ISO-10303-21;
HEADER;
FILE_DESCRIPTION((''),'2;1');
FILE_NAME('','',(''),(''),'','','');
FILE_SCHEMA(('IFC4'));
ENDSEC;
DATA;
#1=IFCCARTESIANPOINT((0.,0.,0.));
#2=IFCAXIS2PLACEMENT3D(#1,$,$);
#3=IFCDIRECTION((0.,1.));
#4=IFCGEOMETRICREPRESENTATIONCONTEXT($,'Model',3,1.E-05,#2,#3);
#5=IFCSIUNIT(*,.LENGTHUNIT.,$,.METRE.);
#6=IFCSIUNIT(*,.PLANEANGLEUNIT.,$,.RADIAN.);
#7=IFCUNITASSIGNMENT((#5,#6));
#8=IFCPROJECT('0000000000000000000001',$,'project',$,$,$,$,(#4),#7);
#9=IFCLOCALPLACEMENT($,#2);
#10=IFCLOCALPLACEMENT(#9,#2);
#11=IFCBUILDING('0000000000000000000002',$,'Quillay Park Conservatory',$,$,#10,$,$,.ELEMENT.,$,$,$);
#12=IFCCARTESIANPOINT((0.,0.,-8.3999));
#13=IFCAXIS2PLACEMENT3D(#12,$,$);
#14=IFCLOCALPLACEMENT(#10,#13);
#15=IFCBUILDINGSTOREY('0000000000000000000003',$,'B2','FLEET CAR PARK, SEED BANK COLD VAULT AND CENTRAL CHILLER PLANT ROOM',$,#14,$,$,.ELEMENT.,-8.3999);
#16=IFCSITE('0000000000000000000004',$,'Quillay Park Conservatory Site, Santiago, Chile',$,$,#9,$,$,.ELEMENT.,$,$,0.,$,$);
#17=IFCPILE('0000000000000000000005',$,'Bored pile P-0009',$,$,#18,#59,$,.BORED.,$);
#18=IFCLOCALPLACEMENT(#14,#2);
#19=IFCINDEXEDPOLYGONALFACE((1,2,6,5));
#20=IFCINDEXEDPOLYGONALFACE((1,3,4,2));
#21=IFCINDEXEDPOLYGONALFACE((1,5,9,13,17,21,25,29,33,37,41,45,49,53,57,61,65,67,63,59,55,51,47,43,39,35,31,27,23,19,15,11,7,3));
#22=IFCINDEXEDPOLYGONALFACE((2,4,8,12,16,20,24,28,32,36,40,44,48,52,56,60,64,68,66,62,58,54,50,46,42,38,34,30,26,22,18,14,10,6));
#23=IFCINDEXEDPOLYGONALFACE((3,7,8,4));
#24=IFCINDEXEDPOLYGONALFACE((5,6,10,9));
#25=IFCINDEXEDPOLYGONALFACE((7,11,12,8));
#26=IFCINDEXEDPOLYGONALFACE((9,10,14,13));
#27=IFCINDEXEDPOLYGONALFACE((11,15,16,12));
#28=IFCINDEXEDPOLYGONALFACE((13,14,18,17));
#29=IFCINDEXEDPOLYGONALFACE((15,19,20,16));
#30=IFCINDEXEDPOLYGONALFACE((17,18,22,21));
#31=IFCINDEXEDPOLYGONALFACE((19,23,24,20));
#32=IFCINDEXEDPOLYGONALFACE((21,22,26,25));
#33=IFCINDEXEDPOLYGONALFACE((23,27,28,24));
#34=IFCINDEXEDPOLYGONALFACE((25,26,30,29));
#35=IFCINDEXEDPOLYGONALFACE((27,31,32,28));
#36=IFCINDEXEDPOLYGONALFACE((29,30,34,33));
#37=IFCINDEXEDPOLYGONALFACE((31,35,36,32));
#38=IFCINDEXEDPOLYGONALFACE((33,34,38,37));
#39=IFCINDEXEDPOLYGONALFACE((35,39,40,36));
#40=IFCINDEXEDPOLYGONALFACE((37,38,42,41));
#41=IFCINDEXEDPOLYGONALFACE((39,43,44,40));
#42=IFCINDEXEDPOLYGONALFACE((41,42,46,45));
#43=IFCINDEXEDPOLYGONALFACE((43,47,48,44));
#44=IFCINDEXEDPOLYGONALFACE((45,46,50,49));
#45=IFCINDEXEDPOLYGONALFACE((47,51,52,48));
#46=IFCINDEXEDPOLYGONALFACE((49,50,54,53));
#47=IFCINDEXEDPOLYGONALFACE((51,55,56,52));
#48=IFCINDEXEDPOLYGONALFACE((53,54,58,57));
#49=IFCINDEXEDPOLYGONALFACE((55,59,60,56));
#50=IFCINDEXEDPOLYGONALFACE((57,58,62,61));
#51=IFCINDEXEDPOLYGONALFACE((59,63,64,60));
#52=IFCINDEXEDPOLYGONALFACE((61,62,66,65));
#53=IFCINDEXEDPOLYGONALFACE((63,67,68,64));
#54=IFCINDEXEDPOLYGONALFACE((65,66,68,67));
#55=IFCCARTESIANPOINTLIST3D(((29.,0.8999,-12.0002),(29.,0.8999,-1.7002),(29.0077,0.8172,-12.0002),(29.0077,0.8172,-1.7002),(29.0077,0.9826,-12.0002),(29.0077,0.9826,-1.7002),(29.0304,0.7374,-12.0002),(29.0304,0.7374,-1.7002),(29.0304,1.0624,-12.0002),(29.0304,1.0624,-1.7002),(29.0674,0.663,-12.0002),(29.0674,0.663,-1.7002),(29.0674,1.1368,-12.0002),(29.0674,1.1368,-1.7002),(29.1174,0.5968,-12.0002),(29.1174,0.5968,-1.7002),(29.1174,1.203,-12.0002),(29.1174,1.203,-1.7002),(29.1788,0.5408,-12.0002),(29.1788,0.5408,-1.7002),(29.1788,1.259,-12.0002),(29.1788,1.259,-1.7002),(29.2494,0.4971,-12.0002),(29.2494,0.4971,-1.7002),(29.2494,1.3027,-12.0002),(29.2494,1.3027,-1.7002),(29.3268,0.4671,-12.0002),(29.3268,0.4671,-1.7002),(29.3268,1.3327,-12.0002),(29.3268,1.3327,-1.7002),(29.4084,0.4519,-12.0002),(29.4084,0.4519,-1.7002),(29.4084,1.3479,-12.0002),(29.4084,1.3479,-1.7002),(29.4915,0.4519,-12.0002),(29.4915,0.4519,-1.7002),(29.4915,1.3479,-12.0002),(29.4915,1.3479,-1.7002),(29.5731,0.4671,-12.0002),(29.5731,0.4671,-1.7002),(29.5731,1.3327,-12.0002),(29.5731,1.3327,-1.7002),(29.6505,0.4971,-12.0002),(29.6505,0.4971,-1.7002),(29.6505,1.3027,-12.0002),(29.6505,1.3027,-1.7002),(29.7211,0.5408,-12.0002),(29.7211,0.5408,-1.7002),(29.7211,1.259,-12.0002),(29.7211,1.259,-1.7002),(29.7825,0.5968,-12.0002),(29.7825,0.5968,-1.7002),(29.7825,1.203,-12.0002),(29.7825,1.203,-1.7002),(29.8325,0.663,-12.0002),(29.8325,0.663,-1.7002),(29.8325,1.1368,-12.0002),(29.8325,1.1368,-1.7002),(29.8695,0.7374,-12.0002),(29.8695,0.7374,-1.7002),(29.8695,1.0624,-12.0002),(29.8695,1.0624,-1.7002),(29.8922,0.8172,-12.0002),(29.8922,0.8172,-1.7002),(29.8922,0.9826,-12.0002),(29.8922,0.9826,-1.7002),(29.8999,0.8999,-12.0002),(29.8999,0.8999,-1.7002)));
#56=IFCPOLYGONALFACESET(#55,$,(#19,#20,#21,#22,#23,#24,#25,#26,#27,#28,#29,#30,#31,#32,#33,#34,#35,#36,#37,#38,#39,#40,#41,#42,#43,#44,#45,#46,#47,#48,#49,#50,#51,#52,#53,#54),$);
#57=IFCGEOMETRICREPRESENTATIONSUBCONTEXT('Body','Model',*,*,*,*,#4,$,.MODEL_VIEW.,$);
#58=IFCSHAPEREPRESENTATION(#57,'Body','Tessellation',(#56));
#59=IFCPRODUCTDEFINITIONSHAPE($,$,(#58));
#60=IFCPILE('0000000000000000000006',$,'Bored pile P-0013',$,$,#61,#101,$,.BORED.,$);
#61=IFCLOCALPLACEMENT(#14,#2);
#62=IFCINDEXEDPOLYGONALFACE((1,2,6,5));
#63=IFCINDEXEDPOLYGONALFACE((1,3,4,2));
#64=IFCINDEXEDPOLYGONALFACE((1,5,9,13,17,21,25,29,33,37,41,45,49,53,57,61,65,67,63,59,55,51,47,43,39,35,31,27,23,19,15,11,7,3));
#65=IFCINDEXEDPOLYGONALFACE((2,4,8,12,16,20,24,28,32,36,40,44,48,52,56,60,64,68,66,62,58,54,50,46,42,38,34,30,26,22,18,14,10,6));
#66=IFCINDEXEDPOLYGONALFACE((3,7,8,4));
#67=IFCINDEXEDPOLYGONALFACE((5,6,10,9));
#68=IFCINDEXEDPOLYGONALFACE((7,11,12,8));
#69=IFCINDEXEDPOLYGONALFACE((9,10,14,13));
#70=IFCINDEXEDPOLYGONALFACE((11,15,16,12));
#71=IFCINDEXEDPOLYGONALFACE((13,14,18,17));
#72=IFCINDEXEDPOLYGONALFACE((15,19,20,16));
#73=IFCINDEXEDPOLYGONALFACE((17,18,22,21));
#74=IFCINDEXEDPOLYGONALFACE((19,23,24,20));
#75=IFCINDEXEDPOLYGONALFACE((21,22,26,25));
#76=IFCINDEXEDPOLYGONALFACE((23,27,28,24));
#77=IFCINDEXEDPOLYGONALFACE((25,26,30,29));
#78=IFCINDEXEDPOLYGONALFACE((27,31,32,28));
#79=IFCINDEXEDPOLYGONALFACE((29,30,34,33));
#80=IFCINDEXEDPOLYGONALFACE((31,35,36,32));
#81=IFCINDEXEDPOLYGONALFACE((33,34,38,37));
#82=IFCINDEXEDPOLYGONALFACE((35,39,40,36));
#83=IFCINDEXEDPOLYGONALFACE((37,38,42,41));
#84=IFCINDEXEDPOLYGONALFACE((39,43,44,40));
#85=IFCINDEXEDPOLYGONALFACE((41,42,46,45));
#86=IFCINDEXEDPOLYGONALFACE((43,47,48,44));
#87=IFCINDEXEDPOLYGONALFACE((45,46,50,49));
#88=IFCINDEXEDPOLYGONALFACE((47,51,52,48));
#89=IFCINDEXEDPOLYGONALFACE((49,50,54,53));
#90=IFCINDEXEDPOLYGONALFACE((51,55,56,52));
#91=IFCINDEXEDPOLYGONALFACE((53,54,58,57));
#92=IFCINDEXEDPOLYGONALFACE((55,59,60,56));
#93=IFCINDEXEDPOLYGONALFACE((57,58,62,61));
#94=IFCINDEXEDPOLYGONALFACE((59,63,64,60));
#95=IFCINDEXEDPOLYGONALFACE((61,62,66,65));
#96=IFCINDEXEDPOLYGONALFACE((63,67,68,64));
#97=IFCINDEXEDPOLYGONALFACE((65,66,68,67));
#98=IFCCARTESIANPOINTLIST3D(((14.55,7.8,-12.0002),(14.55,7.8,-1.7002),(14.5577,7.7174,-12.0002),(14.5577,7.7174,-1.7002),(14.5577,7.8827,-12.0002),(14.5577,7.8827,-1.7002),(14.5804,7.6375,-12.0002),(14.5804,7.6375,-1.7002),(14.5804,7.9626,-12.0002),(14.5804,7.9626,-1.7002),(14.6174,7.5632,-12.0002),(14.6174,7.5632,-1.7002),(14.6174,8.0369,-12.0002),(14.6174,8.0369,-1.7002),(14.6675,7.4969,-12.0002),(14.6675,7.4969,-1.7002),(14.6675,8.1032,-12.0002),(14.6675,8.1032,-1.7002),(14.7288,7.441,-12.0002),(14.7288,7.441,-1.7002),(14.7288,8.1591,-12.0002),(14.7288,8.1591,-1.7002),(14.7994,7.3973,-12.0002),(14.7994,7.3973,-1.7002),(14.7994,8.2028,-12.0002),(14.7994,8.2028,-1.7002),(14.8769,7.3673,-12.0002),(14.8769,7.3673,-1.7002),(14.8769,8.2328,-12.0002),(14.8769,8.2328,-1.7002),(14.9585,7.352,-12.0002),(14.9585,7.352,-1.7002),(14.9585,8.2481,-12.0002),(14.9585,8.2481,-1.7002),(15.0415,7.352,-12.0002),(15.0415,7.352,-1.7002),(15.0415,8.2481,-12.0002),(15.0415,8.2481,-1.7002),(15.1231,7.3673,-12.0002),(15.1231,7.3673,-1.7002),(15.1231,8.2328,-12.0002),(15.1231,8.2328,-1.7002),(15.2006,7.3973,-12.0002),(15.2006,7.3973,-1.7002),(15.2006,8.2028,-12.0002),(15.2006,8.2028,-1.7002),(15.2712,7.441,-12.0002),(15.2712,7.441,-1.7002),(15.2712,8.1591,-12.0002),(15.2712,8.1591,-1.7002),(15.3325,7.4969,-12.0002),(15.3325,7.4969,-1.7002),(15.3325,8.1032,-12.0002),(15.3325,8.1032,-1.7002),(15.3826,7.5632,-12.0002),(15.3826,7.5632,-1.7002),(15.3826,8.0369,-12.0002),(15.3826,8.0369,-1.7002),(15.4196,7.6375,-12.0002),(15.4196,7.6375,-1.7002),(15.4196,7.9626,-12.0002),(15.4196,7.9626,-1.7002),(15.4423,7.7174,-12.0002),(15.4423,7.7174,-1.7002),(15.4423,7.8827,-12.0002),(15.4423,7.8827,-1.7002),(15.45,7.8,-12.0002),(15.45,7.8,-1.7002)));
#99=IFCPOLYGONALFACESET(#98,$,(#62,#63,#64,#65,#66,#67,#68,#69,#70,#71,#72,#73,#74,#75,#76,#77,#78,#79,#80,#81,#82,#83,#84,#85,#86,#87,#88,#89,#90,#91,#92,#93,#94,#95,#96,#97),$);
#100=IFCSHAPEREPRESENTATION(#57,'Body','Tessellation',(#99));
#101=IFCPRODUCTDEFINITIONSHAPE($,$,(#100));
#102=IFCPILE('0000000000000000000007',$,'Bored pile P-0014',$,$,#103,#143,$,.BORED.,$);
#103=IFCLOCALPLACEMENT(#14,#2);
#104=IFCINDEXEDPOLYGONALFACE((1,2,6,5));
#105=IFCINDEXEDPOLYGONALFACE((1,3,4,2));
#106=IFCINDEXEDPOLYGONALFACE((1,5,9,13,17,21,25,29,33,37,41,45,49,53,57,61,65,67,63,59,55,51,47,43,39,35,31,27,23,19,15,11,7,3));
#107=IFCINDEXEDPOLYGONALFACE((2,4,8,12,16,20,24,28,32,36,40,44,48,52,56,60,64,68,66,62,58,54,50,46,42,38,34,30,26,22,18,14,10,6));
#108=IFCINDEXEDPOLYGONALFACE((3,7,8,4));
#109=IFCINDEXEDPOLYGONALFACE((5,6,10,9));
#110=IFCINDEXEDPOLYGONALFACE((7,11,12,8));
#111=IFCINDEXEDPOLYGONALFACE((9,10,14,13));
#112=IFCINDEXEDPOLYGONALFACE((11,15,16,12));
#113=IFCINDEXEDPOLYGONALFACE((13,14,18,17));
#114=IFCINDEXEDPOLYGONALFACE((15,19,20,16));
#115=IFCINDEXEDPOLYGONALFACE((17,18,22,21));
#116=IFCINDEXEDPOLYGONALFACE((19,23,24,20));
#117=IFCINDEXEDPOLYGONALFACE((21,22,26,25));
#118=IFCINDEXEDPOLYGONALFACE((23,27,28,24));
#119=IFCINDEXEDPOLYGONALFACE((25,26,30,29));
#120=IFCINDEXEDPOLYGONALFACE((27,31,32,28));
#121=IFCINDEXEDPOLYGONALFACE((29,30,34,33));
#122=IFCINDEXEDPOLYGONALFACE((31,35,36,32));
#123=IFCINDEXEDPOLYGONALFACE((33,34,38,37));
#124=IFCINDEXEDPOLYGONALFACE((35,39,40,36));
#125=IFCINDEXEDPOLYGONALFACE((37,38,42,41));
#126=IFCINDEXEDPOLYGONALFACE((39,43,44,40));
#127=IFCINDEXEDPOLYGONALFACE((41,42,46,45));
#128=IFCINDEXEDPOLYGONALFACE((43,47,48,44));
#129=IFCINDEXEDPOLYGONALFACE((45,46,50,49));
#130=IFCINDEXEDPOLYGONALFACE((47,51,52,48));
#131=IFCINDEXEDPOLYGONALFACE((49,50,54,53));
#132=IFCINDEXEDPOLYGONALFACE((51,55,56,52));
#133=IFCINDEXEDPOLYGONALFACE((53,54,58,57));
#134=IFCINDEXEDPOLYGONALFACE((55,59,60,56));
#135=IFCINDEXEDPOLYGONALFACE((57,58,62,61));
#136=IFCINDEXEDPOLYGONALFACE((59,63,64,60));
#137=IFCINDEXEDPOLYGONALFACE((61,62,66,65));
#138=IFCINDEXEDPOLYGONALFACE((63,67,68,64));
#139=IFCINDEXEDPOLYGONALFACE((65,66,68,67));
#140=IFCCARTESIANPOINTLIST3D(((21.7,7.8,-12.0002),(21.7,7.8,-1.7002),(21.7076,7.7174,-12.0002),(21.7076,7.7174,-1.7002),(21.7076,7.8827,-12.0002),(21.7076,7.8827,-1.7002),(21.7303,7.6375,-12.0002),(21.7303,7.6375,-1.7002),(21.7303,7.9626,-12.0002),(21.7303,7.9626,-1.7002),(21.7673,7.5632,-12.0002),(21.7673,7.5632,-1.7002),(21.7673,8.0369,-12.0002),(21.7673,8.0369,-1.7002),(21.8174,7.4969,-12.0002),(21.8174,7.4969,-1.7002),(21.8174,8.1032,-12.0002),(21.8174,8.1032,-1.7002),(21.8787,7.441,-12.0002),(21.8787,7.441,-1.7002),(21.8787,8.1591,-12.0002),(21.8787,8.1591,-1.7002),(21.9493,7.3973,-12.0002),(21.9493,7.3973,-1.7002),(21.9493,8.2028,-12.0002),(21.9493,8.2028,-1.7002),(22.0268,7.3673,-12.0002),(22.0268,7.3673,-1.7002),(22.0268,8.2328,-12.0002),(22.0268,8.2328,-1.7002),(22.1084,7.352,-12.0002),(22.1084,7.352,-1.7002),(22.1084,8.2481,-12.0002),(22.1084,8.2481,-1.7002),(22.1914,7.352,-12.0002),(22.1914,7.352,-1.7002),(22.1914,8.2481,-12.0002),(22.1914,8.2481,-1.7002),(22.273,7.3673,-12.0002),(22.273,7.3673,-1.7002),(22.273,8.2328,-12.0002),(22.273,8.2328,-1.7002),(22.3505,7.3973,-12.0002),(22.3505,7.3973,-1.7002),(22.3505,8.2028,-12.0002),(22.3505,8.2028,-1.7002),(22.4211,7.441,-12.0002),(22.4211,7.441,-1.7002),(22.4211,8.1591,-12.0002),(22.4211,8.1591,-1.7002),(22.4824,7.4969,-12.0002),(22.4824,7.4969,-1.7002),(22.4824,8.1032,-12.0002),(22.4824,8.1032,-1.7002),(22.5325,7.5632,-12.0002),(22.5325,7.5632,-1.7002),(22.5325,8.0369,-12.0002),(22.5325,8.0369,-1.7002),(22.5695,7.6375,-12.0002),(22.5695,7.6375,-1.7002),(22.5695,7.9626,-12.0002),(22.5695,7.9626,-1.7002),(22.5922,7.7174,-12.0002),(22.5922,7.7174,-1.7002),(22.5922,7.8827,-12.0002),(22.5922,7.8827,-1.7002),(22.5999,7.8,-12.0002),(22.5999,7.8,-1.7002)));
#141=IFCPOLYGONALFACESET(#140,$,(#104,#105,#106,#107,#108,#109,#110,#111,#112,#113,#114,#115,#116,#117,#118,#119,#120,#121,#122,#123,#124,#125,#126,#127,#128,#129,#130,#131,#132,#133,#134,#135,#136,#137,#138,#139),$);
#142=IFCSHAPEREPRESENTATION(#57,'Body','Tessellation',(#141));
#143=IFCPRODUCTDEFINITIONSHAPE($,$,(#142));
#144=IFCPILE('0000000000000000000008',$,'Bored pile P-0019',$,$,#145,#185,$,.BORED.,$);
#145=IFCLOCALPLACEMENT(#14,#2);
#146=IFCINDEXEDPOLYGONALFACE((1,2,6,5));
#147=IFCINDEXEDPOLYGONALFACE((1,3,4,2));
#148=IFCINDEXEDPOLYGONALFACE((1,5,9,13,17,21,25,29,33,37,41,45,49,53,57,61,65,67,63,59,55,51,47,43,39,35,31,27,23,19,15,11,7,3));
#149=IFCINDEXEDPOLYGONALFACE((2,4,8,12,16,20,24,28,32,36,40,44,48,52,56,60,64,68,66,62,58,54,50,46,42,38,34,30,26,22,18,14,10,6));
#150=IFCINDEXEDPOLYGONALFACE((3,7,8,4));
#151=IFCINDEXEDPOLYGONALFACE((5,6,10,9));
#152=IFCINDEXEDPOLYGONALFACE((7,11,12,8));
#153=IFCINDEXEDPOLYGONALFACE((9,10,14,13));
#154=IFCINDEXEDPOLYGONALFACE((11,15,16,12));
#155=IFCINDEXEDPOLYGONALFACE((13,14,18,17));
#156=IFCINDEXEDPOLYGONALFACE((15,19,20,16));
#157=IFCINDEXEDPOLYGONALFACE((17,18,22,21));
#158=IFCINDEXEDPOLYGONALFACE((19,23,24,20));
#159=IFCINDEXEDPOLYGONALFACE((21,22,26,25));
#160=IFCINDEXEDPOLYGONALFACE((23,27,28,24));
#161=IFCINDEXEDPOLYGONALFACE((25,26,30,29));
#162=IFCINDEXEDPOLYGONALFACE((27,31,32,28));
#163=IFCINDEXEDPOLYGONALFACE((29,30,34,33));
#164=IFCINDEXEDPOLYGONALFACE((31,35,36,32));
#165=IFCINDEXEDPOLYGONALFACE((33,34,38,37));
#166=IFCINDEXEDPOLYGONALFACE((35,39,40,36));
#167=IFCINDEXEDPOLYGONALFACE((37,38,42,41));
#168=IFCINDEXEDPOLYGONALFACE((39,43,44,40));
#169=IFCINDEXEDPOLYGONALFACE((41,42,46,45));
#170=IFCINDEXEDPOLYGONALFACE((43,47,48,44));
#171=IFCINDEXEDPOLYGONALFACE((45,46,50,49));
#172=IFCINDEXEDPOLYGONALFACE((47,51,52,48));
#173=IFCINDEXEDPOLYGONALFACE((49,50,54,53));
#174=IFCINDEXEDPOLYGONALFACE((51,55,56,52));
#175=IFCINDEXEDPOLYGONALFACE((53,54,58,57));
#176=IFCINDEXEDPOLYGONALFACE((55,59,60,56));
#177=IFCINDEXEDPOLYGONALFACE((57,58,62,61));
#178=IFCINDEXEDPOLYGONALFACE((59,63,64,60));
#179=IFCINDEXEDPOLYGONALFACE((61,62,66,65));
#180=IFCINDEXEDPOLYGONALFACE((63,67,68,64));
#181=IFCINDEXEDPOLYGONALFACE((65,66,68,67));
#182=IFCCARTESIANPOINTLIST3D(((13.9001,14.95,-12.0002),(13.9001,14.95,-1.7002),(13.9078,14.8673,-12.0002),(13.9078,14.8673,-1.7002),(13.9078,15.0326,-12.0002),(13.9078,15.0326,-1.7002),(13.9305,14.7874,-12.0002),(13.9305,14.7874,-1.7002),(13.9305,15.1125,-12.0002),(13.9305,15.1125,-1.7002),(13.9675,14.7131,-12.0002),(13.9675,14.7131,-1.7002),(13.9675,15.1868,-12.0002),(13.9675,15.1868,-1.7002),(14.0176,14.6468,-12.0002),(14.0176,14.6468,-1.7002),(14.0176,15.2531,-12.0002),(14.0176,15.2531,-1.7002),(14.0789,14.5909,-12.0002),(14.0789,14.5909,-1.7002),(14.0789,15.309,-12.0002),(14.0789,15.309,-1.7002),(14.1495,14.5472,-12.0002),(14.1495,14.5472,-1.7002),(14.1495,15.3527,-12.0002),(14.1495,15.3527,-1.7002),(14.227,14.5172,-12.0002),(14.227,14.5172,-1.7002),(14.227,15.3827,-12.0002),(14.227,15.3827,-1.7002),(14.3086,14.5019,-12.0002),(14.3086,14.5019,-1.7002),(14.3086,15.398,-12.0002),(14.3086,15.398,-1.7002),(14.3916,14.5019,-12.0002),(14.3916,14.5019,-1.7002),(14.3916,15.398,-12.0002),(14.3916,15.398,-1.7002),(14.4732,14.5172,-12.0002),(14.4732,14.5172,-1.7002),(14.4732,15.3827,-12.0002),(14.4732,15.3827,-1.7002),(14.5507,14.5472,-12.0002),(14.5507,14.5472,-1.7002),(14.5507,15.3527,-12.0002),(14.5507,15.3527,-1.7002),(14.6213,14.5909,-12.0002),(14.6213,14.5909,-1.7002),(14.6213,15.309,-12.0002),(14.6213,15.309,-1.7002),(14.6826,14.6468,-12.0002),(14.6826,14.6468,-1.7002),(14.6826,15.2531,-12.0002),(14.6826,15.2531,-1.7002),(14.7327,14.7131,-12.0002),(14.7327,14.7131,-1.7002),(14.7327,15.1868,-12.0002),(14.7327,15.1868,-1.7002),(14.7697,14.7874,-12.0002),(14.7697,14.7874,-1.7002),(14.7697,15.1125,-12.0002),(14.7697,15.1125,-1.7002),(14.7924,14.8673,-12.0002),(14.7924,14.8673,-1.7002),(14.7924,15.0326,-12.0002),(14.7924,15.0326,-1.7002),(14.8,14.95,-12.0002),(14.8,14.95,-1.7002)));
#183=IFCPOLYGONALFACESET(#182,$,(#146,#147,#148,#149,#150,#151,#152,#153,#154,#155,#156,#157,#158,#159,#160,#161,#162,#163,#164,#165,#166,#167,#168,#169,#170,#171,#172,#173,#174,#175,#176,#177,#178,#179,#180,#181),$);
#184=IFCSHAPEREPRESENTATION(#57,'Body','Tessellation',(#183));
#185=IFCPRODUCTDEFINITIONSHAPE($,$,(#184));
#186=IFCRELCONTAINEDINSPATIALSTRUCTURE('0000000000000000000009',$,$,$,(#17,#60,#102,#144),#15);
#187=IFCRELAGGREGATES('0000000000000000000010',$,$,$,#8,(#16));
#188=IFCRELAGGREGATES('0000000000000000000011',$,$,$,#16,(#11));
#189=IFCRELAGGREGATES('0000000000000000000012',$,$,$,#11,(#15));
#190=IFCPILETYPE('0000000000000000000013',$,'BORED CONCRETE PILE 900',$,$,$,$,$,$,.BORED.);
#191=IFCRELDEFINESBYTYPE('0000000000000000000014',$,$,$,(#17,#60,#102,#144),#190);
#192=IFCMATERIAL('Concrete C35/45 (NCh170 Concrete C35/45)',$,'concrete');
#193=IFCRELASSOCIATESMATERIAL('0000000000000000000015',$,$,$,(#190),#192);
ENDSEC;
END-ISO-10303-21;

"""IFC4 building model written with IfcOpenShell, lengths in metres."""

from ifc_helpers import new_model, si_unit, direction, frame, origin, origin_2d, place, context, subcontext, project, spatial, circle, extrude, material, material_profile, profile_set, type_object, element, save


model = new_model("IFC4")

# Units and contexts
model_context = context("Model", 3, precision=1e-05, world=origin(), true_north=direction((0.0, 1.0)))
body_context = subcontext(model_context, "Body", "Model", "MODEL_VIEW")
ifc_project = project(units=[si_unit("LENGTHUNIT", "METRE"), si_unit("PLANEANGLEUNIT", "RADIAN")], contexts=[model_context])

# Site, building, storey
site_placement = place(None, origin())
site = spatial("IfcSite", under=ifc_project, at=site_placement, Name="Quillay Park Conservatory Site, Santiago, Chile", CompositionType="ELEMENT", RefElevation=0.0)
building_placement = place(site_placement, origin())
building = spatial("IfcBuilding", under=site, at=building_placement, Name="Quillay Park Conservatory", CompositionType="ELEMENT")
storey_placement = place(building_placement, frame((0.0, 0.0, -8.3999)))
storey = spatial("IfcBuildingStorey", under=building, at=storey_placement, Name="B2", Description="FLEET CAR PARK, SEED BANK COLD VAULT AND CENTRAL CHILLER PLANT ROOM", CompositionType="ELEMENT", Elevation=-8.3999)

# Piles
ifc_material_1 = material(Name="Concrete C35/45 (NCh170 Concrete C35/45)", Category="concrete")
ifc_material_profile_1 = material_profile(ifc_material_1, circle(Radius=0.45, at=origin_2d()), Name="PILE900")
ifc_profile_set_1 = profile_set([ifc_material_profile_1], Name="Concrete C35/45 (NCh170 Concrete C35/45)")
pile_type = type_object("IfcPileType", Name="BORED CONCRETE PILE 900", PredefinedType="BORED", material=ifc_profile_set_1)
for number, where, z_axis, x_axis, name in (
    (1, (29.45, 0.8999, -1.7002), (0.0, 0.0, -1.0), (1.0, 0.0, 0.0), "Bored pile P-0009"),
    (2, (15.0, 7.8, -1.7002), (0.0, 0.0, -1.0), (1.0, 0.0, 0.0), "Bored pile P-0013"),
    (3, (22.1499, 7.8, -1.7002), (0.0, 0.0, -1.0), (1.0, 0.0, 0.0), "Bored pile P-0014"),
    (4, (14.3501, 14.95, -1.7002), (0.0, 0.0, -1.0), (1.0, 0.0, 0.0), "Bored pile P-0019"),
):
    element("IfcPile", number, at=place(storey_placement, frame(where, z_axis=z_axis, x_axis=x_axis)), inside=storey, type_object=pile_type, Name=name, PredefinedType="BORED", context=body_context, shape_type="SweptSolid", body=[
        extrude(circle(Radius=0.45, at=origin_2d()), origin(), (0.0, 0.0, 1.0), 10.3),
    ])

save(model, "model.ifc")
